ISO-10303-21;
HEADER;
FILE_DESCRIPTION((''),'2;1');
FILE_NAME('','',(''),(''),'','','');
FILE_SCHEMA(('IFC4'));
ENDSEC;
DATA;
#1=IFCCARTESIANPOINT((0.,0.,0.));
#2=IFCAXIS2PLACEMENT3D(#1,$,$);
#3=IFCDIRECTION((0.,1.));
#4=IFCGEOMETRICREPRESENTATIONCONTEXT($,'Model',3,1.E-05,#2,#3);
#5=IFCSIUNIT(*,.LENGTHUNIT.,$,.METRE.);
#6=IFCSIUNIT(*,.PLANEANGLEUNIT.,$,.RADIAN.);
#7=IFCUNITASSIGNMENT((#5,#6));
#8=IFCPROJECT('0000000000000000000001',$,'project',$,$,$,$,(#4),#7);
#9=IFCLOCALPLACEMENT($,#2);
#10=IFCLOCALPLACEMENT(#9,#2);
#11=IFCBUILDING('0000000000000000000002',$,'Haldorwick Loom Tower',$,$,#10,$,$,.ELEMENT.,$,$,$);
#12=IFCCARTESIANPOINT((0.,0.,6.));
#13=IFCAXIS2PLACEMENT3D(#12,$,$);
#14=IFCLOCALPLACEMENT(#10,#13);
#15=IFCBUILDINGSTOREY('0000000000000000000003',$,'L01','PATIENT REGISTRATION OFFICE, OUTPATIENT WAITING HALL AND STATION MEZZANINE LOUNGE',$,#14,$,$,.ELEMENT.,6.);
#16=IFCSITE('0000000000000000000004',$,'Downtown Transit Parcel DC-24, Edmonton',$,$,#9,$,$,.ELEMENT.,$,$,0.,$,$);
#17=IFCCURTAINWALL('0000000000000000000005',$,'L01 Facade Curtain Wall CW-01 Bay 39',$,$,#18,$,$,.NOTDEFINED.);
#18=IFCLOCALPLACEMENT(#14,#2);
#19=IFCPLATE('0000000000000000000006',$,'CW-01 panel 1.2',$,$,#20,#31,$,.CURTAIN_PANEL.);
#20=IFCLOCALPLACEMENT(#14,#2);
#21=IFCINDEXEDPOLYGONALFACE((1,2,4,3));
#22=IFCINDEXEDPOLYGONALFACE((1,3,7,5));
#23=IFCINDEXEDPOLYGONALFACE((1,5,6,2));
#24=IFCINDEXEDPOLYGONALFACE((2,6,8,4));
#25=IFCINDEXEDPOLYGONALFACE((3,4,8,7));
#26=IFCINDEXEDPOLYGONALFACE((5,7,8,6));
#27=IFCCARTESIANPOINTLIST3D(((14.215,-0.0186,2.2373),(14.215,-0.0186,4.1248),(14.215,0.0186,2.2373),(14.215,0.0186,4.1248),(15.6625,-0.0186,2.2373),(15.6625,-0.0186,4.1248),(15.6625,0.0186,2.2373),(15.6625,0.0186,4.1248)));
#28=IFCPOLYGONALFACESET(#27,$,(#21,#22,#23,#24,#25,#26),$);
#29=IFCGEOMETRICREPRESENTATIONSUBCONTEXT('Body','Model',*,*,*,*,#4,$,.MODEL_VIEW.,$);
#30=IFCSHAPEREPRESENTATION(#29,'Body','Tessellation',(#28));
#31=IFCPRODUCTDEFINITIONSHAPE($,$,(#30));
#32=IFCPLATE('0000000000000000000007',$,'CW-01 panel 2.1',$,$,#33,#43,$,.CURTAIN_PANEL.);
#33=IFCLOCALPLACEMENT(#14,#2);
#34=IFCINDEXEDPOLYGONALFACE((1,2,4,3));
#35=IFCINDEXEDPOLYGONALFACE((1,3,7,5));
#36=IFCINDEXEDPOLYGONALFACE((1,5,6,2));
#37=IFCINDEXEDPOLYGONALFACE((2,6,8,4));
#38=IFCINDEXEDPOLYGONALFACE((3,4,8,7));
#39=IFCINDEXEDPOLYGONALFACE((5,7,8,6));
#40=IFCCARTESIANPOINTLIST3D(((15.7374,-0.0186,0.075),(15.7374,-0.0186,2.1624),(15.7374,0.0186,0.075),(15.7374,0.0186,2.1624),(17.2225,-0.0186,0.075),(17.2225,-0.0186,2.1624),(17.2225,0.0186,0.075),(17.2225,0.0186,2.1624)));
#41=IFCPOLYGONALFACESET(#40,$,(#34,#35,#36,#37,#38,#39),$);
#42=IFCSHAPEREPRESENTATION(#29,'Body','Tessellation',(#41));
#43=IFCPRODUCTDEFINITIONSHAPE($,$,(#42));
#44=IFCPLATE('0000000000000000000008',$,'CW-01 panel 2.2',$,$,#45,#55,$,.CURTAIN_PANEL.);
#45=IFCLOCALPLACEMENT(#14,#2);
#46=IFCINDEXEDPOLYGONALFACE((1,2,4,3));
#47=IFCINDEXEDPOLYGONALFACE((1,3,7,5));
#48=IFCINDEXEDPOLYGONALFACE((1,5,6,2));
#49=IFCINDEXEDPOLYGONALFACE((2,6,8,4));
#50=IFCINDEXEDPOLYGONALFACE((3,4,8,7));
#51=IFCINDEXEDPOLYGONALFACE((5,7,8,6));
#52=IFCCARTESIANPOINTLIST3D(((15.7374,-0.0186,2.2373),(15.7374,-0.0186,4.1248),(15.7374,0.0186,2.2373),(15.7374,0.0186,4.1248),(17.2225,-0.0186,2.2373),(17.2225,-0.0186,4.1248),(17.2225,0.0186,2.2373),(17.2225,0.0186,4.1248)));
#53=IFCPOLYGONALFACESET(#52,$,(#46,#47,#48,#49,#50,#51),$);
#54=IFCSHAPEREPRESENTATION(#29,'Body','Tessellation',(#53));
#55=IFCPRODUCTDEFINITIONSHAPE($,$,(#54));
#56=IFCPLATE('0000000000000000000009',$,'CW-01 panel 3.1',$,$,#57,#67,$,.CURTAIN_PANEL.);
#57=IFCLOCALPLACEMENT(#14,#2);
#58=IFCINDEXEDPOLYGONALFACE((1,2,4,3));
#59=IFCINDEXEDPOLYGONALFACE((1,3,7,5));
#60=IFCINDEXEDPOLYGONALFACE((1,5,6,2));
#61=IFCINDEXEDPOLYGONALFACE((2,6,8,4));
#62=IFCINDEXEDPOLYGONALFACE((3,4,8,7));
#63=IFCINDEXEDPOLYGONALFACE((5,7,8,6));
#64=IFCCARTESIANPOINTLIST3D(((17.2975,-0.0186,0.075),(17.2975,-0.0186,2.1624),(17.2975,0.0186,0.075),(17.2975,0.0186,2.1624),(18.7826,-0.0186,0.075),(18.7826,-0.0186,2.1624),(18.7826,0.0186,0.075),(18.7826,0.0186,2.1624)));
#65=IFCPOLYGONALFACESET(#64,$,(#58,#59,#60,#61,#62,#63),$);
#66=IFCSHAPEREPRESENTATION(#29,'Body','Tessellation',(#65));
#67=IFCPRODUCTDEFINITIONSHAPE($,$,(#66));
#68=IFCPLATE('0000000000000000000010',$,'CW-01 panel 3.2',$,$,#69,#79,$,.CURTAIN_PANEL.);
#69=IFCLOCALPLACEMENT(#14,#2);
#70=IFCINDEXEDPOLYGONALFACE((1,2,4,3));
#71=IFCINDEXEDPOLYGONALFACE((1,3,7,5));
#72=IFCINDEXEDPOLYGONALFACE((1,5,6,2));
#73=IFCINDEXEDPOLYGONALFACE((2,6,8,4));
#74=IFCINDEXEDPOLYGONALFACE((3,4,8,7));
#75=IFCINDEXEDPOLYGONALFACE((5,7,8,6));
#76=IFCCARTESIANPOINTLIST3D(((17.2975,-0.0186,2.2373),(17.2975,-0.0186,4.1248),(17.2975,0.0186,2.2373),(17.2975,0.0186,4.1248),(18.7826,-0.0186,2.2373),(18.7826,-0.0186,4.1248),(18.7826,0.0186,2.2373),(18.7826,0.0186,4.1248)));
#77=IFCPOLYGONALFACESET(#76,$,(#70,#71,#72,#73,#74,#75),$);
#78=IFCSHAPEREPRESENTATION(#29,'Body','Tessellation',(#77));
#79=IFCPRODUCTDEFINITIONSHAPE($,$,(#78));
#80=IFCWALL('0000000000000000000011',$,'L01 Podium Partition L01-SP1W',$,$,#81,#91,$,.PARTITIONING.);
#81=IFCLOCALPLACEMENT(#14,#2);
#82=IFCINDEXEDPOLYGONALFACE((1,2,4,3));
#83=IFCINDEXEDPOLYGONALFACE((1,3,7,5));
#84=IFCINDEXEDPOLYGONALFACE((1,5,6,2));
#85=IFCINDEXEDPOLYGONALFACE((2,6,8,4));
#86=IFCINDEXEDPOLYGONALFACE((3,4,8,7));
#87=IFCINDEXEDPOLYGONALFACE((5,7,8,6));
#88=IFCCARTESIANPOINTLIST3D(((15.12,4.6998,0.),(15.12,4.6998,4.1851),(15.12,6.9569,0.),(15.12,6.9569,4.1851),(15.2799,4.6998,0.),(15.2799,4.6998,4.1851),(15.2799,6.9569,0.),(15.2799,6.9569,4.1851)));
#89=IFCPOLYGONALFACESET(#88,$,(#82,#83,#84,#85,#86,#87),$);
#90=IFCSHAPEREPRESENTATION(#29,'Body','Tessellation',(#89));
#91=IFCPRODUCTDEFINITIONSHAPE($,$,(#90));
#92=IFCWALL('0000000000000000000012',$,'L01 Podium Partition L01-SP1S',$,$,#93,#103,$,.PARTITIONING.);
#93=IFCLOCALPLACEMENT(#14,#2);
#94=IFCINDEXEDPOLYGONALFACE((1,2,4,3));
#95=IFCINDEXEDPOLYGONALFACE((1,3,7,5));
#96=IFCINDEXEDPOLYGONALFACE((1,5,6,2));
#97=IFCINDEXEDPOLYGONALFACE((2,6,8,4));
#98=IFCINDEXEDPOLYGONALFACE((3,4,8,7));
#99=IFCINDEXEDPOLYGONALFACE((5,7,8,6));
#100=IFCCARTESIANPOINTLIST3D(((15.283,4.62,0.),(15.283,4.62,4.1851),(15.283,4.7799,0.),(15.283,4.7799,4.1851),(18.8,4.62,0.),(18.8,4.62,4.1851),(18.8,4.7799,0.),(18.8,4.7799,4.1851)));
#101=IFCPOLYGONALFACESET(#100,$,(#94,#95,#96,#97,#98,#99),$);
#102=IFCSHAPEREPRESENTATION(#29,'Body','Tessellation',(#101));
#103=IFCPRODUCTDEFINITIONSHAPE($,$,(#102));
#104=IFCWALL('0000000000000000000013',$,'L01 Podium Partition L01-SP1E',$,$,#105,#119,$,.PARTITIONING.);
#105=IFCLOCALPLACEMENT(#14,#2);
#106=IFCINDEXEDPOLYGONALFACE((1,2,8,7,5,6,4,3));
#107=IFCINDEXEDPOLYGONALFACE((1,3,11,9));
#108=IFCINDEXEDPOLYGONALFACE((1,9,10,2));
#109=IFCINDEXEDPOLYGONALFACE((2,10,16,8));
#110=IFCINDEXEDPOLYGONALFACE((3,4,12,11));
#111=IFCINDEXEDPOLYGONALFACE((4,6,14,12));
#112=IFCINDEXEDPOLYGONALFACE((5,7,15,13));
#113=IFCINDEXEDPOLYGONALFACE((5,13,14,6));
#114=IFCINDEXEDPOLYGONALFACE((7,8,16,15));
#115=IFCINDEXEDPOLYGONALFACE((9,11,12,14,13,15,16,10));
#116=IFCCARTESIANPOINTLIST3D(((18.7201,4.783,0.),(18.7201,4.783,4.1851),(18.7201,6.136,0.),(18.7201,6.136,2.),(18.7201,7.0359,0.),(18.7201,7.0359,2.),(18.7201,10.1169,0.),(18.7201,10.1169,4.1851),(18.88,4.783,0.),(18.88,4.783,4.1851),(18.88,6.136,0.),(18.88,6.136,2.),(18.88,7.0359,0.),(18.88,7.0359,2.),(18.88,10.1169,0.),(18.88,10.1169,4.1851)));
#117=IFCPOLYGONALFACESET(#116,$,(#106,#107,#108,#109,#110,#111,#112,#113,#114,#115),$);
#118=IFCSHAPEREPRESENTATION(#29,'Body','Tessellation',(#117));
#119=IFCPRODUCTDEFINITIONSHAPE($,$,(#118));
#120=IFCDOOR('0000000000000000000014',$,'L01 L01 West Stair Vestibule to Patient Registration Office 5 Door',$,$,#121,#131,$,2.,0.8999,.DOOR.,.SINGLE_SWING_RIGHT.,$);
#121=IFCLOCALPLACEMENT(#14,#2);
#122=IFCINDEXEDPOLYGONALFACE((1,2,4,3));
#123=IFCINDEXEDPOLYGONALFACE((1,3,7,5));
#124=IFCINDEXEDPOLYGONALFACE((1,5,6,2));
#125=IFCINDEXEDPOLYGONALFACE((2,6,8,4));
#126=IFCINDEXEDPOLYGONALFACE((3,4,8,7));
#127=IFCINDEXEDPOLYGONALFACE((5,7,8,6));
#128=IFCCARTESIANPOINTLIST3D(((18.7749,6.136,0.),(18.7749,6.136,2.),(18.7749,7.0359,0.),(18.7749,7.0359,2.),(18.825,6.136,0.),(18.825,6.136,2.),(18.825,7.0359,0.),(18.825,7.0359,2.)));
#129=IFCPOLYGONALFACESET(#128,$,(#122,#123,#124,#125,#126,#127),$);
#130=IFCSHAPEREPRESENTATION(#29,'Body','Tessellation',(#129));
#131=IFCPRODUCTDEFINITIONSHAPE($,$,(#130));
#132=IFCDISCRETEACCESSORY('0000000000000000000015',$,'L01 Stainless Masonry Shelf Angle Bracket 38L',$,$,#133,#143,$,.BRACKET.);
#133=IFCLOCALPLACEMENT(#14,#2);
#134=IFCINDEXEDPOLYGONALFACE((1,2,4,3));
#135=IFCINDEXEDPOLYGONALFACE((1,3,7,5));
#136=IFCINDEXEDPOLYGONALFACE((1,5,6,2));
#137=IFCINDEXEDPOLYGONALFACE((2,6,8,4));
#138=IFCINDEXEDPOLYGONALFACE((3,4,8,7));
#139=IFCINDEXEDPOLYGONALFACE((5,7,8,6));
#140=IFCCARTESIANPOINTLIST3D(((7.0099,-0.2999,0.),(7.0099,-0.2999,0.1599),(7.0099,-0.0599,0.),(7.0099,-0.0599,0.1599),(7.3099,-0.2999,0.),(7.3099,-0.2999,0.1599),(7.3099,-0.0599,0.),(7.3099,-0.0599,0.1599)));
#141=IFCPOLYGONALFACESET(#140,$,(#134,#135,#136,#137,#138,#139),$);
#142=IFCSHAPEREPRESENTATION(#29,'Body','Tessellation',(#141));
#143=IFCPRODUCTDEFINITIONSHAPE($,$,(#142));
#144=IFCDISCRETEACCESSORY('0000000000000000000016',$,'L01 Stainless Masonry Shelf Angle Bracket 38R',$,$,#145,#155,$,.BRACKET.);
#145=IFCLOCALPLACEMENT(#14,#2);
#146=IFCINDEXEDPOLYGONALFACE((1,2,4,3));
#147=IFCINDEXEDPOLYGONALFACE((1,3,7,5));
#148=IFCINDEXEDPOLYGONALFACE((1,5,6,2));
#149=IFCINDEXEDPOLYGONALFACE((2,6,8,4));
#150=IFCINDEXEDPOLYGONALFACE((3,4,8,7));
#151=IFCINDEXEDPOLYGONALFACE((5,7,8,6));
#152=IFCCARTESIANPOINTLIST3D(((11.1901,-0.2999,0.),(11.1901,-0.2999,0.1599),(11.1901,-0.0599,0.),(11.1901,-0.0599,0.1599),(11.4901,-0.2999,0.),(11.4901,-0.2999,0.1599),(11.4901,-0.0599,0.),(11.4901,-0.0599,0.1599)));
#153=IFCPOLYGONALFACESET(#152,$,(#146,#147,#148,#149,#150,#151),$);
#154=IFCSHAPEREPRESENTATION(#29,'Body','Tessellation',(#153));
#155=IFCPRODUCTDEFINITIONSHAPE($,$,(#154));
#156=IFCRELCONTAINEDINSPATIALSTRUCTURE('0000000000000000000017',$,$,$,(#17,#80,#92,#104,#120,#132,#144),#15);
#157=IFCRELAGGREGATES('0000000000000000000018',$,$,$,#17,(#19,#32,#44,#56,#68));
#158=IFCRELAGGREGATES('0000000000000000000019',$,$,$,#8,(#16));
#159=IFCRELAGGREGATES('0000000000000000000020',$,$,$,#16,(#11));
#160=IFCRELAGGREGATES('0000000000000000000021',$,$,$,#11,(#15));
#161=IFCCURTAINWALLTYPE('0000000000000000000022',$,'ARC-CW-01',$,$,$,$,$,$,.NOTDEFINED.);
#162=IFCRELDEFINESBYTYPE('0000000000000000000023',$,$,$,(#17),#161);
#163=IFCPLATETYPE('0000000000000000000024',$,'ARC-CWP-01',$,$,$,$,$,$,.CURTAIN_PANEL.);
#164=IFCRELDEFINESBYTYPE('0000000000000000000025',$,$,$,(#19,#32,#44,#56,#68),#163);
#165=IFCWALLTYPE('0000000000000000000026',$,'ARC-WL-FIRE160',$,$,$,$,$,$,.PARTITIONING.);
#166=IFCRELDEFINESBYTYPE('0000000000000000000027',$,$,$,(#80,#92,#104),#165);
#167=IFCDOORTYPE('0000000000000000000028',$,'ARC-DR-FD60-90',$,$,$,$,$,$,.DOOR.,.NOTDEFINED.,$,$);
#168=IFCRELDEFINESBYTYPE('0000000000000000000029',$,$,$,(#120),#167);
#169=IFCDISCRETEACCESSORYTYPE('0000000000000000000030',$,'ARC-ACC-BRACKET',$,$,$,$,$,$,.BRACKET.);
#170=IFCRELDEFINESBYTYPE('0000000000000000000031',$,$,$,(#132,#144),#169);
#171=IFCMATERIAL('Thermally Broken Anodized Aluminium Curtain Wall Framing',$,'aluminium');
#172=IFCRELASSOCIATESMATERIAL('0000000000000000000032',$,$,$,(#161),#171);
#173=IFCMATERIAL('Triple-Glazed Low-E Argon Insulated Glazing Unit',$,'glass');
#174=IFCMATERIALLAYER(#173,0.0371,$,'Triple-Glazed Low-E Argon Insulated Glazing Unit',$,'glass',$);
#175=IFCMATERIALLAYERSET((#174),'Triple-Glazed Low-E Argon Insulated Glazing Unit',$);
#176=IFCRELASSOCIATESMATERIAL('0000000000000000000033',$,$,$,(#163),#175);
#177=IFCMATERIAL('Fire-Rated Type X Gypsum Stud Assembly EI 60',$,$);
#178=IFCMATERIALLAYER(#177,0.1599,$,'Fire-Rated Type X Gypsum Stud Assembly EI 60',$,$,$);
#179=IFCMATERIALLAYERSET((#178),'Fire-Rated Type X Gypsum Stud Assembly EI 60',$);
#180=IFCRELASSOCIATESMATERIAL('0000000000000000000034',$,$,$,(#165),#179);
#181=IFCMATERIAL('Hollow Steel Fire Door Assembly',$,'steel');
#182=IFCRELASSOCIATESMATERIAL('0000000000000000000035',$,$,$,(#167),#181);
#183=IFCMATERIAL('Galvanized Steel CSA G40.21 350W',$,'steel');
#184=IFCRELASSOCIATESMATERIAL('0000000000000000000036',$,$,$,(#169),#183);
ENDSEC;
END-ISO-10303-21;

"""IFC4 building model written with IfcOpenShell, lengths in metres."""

from ifc_helpers import new_model, si_unit, direction, frame, frame_2d, origin, origin_2d, place, context, subcontext, project, spatial, rectangle, extrude, material, layer, layer_set, type_object, element, fill, aggregate, save


model = new_model("IFC4")

# Units and contexts
model_context = context("Model", 3, precision=1e-05, world=origin(), true_north=direction((0.0, 1.0)))
body_context = subcontext(model_context, "Body", "Model", "MODEL_VIEW")
ifc_project = project(units=[si_unit("LENGTHUNIT", "METRE"), si_unit("PLANEANGLEUNIT", "RADIAN")], contexts=[model_context])

# Site, building, storey
site_placement = place(None, origin())
site = spatial("IfcSite", under=ifc_project, at=site_placement, Name="Downtown Transit Parcel DC-24, Edmonton", CompositionType="ELEMENT", RefElevation=0.0)
building_placement = place(site_placement, origin())
building = spatial("IfcBuilding", under=site, at=building_placement, Name="Haldorwick Loom Tower", CompositionType="ELEMENT")
storey_placement = place(building_placement, frame((0.0, 0.0, 6.0)))
storey = spatial("IfcBuildingStorey", under=building, at=storey_placement, Name="L01", Description="PATIENT REGISTRATION OFFICE, OUTPATIENT WAITING HALL AND STATION MEZZANINE LOUNGE", CompositionType="ELEMENT", Elevation=6.0)

# Curtain wall, plates
ifc_material_1 = material(Name="Thermally Broken Anodized Aluminium Curtain Wall Framing", Category="aluminium")
curtain_wall_type = type_object("IfcCurtainWallType", Name="ARC-CW-01", PredefinedType="NOTDEFINED", material=ifc_material_1)
curtain_wall_placement = place(storey_placement, origin())
curtain_wall = element("IfcCurtainWall", 1, at=curtain_wall_placement, inside=storey, type_object=curtain_wall_type, Name="L01 Facade Curtain Wall CW-01 Bay 39", PredefinedType="NOTDEFINED")
ifc_material_2 = material(Name="Triple-Glazed Low-E Argon Insulated Glazing Unit", Category="glass")
ifc_layer_1 = layer(ifc_material_2, 0.0371, Name="Triple-Glazed Low-E Argon Insulated Glazing Unit", Category="glass")
ifc_layer_set_1 = layer_set([ifc_layer_1], Name="Triple-Glazed Low-E Argon Insulated Glazing Unit")
plate_type = type_object("IfcPlateType", Name="ARC-CWP-01", PredefinedType="CURTAIN_PANEL", material=ifc_layer_set_1)
plate_1_placement = place(storey_placement, frame((14.9387, 0.0, 2.2373), z_axis=(0.0, 0.0, 1.0), x_axis=(1.0, 0.0, 0.0)))
plate_1 = element("IfcPlate", 2, at=plate_1_placement, type_object=plate_type, Name="CW-01 panel 1.2", PredefinedType="CURTAIN_PANEL", context=body_context, shape_type="SweptSolid", body=[
    extrude(rectangle(XDim=1.4475, YDim=0.0371, at=origin_2d()), origin(), (0.0, 0.0, 1.0), 1.8875),
])
plate_2_placement = place(storey_placement, frame((16.48, 0.0, 0.075), z_axis=(0.0, 0.0, 1.0), x_axis=(1.0, 0.0, 0.0)))
plate_2 = element("IfcPlate", 3, at=plate_2_placement, type_object=plate_type, Name="CW-01 panel 2.1", PredefinedType="CURTAIN_PANEL", context=body_context, shape_type="SweptSolid", body=[
    extrude(rectangle(XDim=1.4851, YDim=0.0371, at=origin_2d()), origin(), (0.0, 0.0, 1.0), 2.0874),
])
plate_3_placement = place(storey_placement, frame((16.48, 0.0, 2.2373), z_axis=(0.0, 0.0, 1.0), x_axis=(1.0, 0.0, 0.0)))
plate_3 = element("IfcPlate", 4, at=plate_3_placement, type_object=plate_type, Name="CW-01 panel 2.2", PredefinedType="CURTAIN_PANEL", context=body_context, shape_type="SweptSolid", body=[
    extrude(rectangle(XDim=1.4851, YDim=0.0371, at=origin_2d()), origin(), (0.0, 0.0, 1.0), 1.8875),
])
plate_4_placement = place(storey_placement, frame((18.04, 0.0, 0.075), z_axis=(0.0, 0.0, 1.0), x_axis=(1.0, 0.0, 0.0)))
plate_4 = element("IfcPlate", 5, at=plate_4_placement, type_object=plate_type, Name="CW-01 panel 3.1", PredefinedType="CURTAIN_PANEL", context=body_context, shape_type="SweptSolid", body=[
    extrude(rectangle(XDim=1.4851, YDim=0.0371, at=origin_2d()), origin(), (0.0, 0.0, 1.0), 2.0874),
])
plate_5_placement = place(storey_placement, frame((18.04, 0.0, 2.2373), z_axis=(0.0, 0.0, 1.0), x_axis=(1.0, 0.0, 0.0)))
plate_5 = element("IfcPlate", 6, at=plate_5_placement, type_object=plate_type, Name="CW-01 panel 3.2", PredefinedType="CURTAIN_PANEL", context=body_context, shape_type="SweptSolid", body=[
    extrude(rectangle(XDim=1.4851, YDim=0.0371, at=origin_2d()), origin(), (0.0, 0.0, 1.0), 1.8875),
])
aggregate(curtain_wall, [plate_1, plate_2, plate_3, plate_4, plate_5])

# Walls
ifc_material_3 = material(Name="Fire-Rated Type X Gypsum Stud Assembly EI 60")
ifc_layer_2 = layer(ifc_material_3, 0.1599, Name="Fire-Rated Type X Gypsum Stud Assembly EI 60")
ifc_layer_set_2 = layer_set([ifc_layer_2], Name="Fire-Rated Type X Gypsum Stud Assembly EI 60")
wall_type = type_object("IfcWallType", Name="ARC-WL-FIRE160", PredefinedType="PARTITIONING", material=ifc_layer_set_2)
wall_1_placement = place(storey_placement, frame((15.2, 4.7, 0.0), z_axis=(0.0, 0.0, 1.0), x_axis=(0.0, 1.0, 0.0)))
element("IfcWall", 7, at=wall_1_placement, inside=storey, type_object=wall_type, Name="L01 Podium Partition L01-SP1W", PredefinedType="PARTITIONING", context=body_context, shape_type="SweptSolid", body=[
    extrude(rectangle(XDim=2.2571, YDim=0.1599, at=frame_2d((1.1284, 0.0))), origin(), (0.0, 0.0, 1.0), 4.1851),
])
wall_2_placement = place(storey_placement, frame((15.283, 4.7, 0.0), z_axis=(0.0, 0.0, 1.0), x_axis=(1.0, 0.0, 0.0)))
element("IfcWall", 8, at=wall_2_placement, inside=storey, type_object=wall_type, Name="L01 Podium Partition L01-SP1S", PredefinedType="PARTITIONING", context=body_context, shape_type="SweptSolid", body=[
    extrude(rectangle(XDim=3.5171, YDim=0.1599, at=frame_2d((1.7585, 0.0))), origin(), (0.0, 0.0, 1.0), 4.1851),
])

# Wall, opening, door
wall_3_placement = place(storey_placement, frame((18.8, 4.783, 0.0), z_axis=(0.0, 0.0, 1.0), x_axis=(0.0, 1.0, 0.0)))
wall_3 = element("IfcWall", 9, at=wall_3_placement, inside=storey, type_object=wall_type, Name="L01 Podium Partition L01-SP1E", PredefinedType="PARTITIONING", context=body_context, shape_type="SweptSolid", body=[
    extrude(rectangle(XDim=5.334, YDim=0.1599, at=frame_2d((2.667, 0.0))), origin(), (0.0, 0.0, 1.0), 4.1851),
])
opening_placement = place(wall_3_placement, frame((1.353, 0.0, 0.0)))
opening = element("IfcOpeningElement", 10, at=opening_placement, cuts=wall_3, PredefinedType="OPENING", context=body_context, shape_type="SweptSolid", body=[
    extrude(rectangle(XDim=0.8999, YDim=2.0, at=frame_2d((0.45, 1.0))), frame((0.0, 0.0898, 0.0), z_axis=(0.0, -1.0, 0.0), x_axis=(1.0, 0.0, 0.0)), (0.0, 0.0, 1.0), 0.1799),
])
ifc_material_4 = material(Name="Hollow Steel Fire Door Assembly", Category="steel")
door_type = type_object("IfcDoorType", Name="ARC-DR-FD60-90", OperationType="NOTDEFINED", PredefinedType="DOOR", material=ifc_material_4)
door_placement = place(opening_placement, frame((0.8999, 0.0, 0.0), z_axis=(0.0, 0.0, 1.0), x_axis=(-1.0, 0.0, 0.0)))
door = element("IfcDoor", 11, at=door_placement, inside=storey, type_object=door_type, Name="L01 L01 West Stair Vestibule to Patient Registration Office 5 Door", OperationType="SINGLE_SWING_RIGHT", OverallHeight=2.0, OverallWidth=0.8999, PredefinedType="DOOR", context=body_context, shape_type="SweptSolid", body=[
    extrude(rectangle(XDim=0.8999, YDim=2.0, at=frame_2d((0.45, 1.0))), frame((0.0, 0.0249, 0.0), z_axis=(0.0, -1.0, 0.0), x_axis=(1.0, 0.0, 0.0)), (0.0, 0.0, 1.0), 0.05),
])
fill(opening, door)

# Discrete accessories
ifc_material_5 = material(Name="Galvanized Steel CSA G40.21 350W", Category="steel")
discrete_accessory_type = type_object("IfcDiscreteAccessoryType", Name="ARC-ACC-BRACKET", PredefinedType="BRACKET", material=ifc_material_5)
for number, where, z_axis, x_axis, name in (
    (12, (7.1599, -0.1799, 0.0), (0.0, 0.0, 1.0), (1.0, 0.0, 0.0), "L01 Stainless Masonry Shelf Angle Bracket 38L"),
    (13, (11.3401, -0.1799, 0.0), (0.0, 0.0, 1.0), (1.0, 0.0, 0.0), "L01 Stainless Masonry Shelf Angle Bracket 38R"),
):
    element("IfcDiscreteAccessory", number, at=place(storey_placement, frame(where, z_axis=z_axis, x_axis=x_axis)), inside=storey, type_object=discrete_accessory_type, Name=name, PredefinedType="BRACKET", context=body_context, shape_type="SweptSolid", body=[
        extrude(rectangle(XDim=0.3, YDim=0.24, at=origin_2d()), origin(), (0.0, 0.0, 1.0), 0.1599),
    ])

save(model, "model.ifc")
